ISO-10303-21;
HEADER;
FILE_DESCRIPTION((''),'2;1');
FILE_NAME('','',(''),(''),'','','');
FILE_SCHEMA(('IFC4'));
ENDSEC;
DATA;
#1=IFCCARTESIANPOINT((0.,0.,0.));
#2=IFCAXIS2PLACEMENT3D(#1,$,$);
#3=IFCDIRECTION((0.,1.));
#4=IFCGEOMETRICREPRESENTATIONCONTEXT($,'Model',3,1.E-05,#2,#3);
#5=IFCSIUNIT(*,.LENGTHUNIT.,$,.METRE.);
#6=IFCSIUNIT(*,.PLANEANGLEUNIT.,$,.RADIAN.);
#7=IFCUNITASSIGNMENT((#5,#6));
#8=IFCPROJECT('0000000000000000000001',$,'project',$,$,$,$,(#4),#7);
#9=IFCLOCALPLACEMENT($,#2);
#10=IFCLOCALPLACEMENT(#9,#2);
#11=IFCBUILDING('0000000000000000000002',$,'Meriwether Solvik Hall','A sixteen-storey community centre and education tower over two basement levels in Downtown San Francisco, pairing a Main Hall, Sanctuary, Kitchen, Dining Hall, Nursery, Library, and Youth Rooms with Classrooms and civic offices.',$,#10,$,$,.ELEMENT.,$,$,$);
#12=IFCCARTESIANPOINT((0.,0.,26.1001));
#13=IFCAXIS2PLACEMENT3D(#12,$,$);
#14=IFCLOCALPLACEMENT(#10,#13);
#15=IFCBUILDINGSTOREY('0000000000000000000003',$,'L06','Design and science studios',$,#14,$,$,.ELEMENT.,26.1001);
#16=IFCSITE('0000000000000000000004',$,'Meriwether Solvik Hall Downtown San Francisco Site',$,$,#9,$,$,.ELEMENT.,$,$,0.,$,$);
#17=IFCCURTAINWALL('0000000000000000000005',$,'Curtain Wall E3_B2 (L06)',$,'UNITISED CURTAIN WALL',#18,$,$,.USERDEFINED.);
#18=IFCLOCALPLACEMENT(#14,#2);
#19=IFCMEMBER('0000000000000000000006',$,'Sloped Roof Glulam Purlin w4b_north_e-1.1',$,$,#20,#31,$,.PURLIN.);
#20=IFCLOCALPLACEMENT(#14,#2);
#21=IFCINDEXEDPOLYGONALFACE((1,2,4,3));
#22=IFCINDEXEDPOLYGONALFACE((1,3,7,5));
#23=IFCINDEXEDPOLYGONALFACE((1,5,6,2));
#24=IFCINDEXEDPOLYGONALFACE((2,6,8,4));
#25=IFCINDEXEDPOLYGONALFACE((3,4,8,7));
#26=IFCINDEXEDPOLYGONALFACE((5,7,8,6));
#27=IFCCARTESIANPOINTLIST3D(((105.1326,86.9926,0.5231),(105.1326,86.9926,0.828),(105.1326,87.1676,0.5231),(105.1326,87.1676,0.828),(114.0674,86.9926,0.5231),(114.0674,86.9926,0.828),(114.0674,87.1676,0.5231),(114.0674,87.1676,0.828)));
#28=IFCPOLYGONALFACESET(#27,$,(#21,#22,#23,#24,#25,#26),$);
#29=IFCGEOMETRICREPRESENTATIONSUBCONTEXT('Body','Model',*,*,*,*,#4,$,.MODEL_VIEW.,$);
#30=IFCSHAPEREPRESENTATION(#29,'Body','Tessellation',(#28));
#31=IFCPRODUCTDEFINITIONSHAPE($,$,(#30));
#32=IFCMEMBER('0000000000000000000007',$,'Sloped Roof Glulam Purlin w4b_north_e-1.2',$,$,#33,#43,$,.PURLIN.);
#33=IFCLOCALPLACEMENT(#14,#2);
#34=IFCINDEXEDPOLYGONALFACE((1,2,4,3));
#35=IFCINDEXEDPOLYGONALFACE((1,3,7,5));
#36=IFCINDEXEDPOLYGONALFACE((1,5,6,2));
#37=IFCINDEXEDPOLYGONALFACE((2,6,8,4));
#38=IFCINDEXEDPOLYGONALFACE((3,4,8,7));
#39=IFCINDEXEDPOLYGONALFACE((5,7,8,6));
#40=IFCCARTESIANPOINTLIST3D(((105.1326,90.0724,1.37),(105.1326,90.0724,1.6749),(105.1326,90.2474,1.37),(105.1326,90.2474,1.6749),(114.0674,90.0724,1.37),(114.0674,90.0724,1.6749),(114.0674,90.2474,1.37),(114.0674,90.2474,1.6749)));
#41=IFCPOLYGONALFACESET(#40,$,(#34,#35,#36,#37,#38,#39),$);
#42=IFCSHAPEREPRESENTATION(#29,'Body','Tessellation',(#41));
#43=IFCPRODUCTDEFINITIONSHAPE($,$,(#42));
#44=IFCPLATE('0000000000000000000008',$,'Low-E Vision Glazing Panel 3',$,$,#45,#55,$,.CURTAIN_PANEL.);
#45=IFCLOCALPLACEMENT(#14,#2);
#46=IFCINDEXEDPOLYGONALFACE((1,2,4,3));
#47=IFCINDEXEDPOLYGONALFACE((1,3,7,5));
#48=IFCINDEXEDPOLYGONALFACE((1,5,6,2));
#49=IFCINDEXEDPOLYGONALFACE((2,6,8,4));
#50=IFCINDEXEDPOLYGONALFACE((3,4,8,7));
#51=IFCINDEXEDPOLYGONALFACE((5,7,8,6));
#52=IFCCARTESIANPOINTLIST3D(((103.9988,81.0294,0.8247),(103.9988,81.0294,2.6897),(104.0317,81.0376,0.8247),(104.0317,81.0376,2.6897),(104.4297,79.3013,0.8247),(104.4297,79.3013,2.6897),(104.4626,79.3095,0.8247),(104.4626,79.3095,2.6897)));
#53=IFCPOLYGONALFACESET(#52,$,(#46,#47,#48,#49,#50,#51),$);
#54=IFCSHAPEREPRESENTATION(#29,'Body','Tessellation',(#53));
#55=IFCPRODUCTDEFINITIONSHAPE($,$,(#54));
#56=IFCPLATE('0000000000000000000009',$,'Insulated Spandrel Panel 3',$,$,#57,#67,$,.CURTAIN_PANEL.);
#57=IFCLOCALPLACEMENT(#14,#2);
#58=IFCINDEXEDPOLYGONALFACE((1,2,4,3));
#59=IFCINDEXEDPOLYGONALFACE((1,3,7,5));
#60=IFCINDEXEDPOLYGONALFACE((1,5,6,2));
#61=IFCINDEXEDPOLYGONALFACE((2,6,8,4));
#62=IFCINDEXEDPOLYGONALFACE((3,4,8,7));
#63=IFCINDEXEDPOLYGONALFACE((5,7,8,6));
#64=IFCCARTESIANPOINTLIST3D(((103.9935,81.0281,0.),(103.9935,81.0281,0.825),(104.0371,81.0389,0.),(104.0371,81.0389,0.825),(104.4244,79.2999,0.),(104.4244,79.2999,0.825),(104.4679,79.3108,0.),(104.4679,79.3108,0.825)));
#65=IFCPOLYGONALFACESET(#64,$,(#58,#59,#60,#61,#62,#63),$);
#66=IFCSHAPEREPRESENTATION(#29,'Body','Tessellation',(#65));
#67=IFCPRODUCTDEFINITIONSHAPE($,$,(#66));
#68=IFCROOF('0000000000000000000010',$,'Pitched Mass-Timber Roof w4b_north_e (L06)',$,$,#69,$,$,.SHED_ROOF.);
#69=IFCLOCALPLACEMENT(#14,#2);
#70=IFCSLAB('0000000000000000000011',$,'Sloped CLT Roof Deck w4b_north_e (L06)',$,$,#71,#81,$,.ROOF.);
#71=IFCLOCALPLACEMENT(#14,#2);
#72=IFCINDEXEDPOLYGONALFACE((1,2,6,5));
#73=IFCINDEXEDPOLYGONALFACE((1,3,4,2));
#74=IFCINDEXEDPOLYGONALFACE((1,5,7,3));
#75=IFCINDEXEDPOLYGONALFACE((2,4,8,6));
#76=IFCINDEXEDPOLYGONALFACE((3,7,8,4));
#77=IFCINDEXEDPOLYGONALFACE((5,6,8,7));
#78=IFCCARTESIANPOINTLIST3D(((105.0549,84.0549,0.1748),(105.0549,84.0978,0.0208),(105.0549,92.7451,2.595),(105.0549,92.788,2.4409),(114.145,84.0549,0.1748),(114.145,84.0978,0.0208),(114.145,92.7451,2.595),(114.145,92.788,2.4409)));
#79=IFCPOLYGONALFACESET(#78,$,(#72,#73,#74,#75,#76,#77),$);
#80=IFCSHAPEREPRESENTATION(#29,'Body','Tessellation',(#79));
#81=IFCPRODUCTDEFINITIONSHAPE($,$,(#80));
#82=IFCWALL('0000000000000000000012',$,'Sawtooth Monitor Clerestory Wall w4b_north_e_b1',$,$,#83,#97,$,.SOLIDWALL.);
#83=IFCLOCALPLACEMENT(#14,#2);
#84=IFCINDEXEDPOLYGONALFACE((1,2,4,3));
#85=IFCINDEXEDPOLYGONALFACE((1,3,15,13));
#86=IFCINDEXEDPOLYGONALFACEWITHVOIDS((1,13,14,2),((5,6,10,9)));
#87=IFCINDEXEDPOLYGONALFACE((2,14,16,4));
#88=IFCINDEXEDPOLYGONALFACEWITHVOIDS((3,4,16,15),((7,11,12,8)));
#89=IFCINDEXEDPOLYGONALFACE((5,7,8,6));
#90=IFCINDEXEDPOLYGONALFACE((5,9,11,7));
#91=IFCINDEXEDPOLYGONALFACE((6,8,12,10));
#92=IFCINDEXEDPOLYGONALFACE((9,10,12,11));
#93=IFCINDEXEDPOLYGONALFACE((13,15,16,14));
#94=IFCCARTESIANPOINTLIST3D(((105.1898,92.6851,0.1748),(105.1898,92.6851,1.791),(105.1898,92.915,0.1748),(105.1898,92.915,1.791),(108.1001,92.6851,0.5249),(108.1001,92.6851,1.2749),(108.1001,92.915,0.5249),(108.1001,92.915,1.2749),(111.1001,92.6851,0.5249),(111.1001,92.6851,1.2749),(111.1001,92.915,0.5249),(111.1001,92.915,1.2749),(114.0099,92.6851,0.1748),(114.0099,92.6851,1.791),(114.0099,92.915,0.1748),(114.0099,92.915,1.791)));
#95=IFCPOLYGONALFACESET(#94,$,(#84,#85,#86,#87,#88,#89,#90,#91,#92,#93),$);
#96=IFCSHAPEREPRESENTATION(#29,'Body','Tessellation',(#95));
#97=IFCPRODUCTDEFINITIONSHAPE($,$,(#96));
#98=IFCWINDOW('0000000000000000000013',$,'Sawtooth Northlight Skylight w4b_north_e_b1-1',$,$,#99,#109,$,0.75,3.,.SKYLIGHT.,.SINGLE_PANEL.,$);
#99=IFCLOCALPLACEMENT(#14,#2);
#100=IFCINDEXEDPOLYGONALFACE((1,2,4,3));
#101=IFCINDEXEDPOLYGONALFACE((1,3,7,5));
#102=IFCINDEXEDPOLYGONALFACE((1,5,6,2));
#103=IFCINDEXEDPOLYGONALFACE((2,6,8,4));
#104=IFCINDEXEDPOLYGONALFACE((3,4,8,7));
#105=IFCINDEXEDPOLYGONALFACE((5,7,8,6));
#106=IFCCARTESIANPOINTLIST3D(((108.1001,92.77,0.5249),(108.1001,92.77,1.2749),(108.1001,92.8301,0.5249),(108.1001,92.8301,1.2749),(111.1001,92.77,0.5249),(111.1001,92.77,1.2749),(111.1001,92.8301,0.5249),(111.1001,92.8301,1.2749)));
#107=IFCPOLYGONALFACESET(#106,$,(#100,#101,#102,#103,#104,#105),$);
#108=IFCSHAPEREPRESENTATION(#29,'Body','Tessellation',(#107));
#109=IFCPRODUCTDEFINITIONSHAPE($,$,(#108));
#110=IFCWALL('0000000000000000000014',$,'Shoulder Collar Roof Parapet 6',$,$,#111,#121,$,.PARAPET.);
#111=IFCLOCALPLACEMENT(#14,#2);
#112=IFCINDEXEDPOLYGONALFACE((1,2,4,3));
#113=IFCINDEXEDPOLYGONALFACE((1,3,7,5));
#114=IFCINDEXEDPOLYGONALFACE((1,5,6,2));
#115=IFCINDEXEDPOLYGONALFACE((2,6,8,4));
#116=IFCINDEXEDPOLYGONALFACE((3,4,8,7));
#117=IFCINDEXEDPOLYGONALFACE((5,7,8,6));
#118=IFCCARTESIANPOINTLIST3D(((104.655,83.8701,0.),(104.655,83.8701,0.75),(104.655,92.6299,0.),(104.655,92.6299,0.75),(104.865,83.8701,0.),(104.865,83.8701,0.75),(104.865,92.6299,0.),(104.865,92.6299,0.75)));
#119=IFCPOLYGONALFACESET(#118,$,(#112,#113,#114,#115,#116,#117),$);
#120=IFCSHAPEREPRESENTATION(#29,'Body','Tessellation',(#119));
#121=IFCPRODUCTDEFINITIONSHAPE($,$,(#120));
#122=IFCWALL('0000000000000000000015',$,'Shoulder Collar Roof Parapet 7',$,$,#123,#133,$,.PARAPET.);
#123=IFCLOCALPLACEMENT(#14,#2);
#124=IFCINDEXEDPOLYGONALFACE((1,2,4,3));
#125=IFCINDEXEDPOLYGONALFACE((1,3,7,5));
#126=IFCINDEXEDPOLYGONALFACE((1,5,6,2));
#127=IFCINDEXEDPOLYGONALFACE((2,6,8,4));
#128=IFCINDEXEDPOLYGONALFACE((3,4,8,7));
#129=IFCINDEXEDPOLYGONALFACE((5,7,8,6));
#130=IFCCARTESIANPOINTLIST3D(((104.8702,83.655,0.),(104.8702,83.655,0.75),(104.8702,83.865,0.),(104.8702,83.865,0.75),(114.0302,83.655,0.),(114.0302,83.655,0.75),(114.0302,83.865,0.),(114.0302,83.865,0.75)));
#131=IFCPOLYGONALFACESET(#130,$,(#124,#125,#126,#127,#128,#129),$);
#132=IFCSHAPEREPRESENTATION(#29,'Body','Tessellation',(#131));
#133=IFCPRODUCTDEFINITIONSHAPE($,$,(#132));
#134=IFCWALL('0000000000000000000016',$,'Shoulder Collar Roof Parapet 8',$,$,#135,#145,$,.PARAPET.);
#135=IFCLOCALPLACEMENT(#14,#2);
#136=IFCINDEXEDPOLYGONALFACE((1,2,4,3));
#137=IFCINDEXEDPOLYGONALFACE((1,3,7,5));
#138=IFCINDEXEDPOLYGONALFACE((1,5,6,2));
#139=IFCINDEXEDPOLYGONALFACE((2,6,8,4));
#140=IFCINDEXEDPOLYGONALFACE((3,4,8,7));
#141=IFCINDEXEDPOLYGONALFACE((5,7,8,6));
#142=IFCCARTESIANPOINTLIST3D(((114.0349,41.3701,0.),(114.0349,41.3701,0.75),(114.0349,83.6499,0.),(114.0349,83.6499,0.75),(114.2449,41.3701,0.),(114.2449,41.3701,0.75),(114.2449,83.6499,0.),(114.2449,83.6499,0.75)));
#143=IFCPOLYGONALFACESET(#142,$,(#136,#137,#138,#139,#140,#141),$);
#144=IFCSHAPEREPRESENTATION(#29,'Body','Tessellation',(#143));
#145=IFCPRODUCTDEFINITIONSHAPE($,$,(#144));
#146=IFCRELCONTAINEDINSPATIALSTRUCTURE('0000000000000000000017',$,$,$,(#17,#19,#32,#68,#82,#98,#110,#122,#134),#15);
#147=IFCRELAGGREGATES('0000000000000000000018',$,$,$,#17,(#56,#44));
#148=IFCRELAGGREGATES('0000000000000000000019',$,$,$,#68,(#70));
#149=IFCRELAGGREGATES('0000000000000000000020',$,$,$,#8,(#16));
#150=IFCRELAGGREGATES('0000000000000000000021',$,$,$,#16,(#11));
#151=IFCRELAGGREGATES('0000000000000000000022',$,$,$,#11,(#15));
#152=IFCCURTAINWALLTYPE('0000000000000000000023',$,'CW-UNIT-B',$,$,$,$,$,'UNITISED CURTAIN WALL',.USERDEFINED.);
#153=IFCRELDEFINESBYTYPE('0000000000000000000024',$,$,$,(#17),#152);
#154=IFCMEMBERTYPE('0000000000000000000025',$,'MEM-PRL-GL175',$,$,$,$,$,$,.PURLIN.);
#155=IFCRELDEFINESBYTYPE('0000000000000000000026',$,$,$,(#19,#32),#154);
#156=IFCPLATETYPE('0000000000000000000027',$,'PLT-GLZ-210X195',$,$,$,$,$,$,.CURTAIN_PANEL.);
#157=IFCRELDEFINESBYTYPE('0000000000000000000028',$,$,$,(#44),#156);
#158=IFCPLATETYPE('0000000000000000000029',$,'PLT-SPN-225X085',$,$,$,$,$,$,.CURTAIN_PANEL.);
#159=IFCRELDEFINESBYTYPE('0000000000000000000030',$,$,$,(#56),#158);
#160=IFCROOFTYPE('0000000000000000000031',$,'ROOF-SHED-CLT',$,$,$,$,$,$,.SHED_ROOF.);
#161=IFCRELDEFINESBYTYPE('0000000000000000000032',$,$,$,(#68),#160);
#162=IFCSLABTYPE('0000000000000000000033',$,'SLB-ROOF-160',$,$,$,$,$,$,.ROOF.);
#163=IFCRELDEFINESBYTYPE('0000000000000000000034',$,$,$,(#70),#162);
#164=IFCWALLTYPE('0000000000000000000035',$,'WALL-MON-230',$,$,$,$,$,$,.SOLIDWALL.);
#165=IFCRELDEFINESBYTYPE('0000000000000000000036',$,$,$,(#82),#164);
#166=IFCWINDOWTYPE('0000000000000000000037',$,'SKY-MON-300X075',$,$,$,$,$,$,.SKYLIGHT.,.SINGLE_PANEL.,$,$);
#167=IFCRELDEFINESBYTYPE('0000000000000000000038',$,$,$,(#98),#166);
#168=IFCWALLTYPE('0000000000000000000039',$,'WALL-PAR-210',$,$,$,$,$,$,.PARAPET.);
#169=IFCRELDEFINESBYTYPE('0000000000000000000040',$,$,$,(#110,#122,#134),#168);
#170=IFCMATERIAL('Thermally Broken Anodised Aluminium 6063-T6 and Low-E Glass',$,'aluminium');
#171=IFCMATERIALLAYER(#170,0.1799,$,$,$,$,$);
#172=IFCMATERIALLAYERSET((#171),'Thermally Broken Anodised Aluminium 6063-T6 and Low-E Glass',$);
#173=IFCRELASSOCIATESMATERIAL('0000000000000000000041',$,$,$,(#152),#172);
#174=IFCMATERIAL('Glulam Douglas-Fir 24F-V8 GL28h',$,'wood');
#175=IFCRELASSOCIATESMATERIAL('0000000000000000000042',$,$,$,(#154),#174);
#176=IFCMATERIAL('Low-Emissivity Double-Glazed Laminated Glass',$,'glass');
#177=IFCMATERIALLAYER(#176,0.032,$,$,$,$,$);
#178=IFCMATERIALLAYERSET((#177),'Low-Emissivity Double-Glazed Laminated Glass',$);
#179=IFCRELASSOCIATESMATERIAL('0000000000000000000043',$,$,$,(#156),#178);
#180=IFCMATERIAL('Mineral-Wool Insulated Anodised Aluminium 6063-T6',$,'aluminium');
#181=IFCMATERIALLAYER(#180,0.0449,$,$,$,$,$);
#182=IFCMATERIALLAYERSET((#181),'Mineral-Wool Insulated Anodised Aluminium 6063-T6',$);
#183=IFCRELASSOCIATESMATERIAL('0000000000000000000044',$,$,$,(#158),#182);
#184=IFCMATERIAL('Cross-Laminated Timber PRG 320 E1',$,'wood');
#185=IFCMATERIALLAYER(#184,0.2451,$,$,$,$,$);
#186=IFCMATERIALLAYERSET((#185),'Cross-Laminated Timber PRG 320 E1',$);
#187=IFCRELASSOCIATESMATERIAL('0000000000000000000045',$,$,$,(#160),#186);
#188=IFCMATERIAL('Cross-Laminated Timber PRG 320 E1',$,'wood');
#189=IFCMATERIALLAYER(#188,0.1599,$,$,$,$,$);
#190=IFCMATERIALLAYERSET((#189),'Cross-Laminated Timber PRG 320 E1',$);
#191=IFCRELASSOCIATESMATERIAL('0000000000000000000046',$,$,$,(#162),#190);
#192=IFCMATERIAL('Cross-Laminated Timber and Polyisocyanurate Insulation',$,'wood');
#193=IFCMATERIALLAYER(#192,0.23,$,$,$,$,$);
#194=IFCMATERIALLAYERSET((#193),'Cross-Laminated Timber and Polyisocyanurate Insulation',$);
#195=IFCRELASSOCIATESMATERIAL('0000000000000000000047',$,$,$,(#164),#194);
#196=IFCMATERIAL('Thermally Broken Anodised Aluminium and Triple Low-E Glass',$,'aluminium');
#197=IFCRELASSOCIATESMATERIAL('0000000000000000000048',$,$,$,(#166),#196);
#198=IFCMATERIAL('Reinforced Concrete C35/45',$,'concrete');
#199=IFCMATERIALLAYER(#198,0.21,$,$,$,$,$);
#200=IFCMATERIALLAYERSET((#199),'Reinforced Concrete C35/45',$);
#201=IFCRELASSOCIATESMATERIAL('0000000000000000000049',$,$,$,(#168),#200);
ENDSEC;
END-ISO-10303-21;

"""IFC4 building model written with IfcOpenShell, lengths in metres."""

from ifc_helpers import new_model, si_unit, direction, frame, frame_2d, origin, origin_2d, place, context, subcontext, project, spatial, polyline, rectangle, outline, extrude, material, layer, layer_set, material_profile, profile_set, type_object, element, fill, aggregate, save


model = new_model("IFC4")

# Units and contexts
model_context = context("Model", 3, precision=1e-05, world=origin(), true_north=direction((0.0, 1.0)))
body_context = subcontext(model_context, "Body", "Model", "MODEL_VIEW")
ifc_project = project(units=[si_unit("LENGTHUNIT", "METRE"), si_unit("PLANEANGLEUNIT", "RADIAN")], contexts=[model_context])

# Site, building, storey
site_placement = place(None, origin())
site = spatial("IfcSite", under=ifc_project, at=site_placement, Name="Meriwether Solvik Hall Downtown San Francisco Site", CompositionType="ELEMENT", RefElevation=0.0)
building_placement = place(site_placement, origin())
building = spatial("IfcBuilding", under=site, at=building_placement, Name="Meriwether Solvik Hall", Description="A sixteen-storey community centre and education tower over two basement levels in Downtown San Francisco, pairing a Main Hall, Sanctuary, Kitchen, Dining Hall, Nursery, Library, and Youth Rooms with Classrooms and civic offices.", CompositionType="ELEMENT")
storey_placement = place(building_placement, frame((0.0, 0.0, 26.1001)))
storey = spatial("IfcBuildingStorey", under=building, at=storey_placement, Name="L06", Description="Design and science studios", CompositionType="ELEMENT", Elevation=26.1001)

# Curtain wall
ifc_material_1 = material(Name="Thermally Broken Anodised Aluminium 6063-T6 and Low-E Glass", Category="aluminium")
ifc_layer_1 = layer(ifc_material_1, 0.1799)
ifc_layer_set_1 = layer_set([ifc_layer_1], Name="Thermally Broken Anodised Aluminium 6063-T6 and Low-E Glass")
curtain_wall_type = type_object("IfcCurtainWallType", Name="CW-UNIT-B", ElementType="UNITISED CURTAIN WALL", PredefinedType="USERDEFINED", material=ifc_layer_set_1)
curtain_wall_placement = place(storey_placement, origin())
curtain_wall = element("IfcCurtainWall", 1, at=curtain_wall_placement, inside=storey, type_object=curtain_wall_type, Name="Curtain Wall E3_B2 (L06)", ObjectType="UNITISED CURTAIN WALL", PredefinedType="USERDEFINED")

# Members
ifc_material_2 = material(Name="Glulam Douglas-Fir 24F-V8 GL28h", Category="wood")
ifc_material_profile_1 = material_profile(ifc_material_2, rectangle(XDim=0.175, YDim=0.3049, at=origin_2d()), Name="GLM-175X305")
ifc_profile_set_1 = profile_set([ifc_material_profile_1], Name="Glulam Douglas-Fir 24F-V8 GL28h")
member_type_1 = type_object("IfcMemberType", Name="MEM-PRL-GL175", PredefinedType="PURLIN", material=ifc_profile_set_1)
for number, where, z_axis, x_axis, name in (
    (2, (105.1326, 87.0801, 0.6755), (1.0, 0.0, 0.0), (0.0, 1.0, 0.0), "Sloped Roof Glulam Purlin w4b_north_e-1.1"),
    (3, (105.1326, 90.1599, 1.5225), (1.0, 0.0, 0.0), (0.0, 1.0, 0.0), "Sloped Roof Glulam Purlin w4b_north_e-1.2"),
):
    element("IfcMember", number, at=place(storey_placement, frame(where, z_axis=z_axis, x_axis=x_axis)), inside=storey, type_object=member_type_1, Name=name, PredefinedType="PURLIN", context=body_context, shape_type="SweptSolid", body=[
        extrude(rectangle(XDim=0.175, YDim=0.3049, at=origin_2d()), origin(), (0.0, 0.0, 1.0), 8.9348),
    ])

# Plates
ifc_material_3 = material(Name="Low-Emissivity Double-Glazed Laminated Glass", Category="glass")
ifc_layer_2 = layer(ifc_material_3, 0.032)
ifc_layer_set_2 = layer_set([ifc_layer_2], Name="Low-Emissivity Double-Glazed Laminated Glass")
plate_type_1 = type_object("IfcPlateType", Name="PLT-GLZ-210X195", PredefinedType="CURTAIN_PANEL", material=ifc_layer_set_2)
plate_1_placement = place(storey_placement, frame((104.2307, 80.1694, 0.8247), z_axis=(0.0, 0.0, 1.0), x_axis=(0.241922, -0.970296, 0.0)))
plate_1 = element("IfcPlate", 4, at=plate_1_placement, type_object=plate_type_1, Name="Low-E Vision Glazing Panel 3", PredefinedType="CURTAIN_PANEL", context=body_context, shape_type="SweptSolid", body=[
    extrude(rectangle(XDim=1.781, YDim=0.0339, at=origin_2d()), origin(), (0.0, 0.0, 1.0), 1.865),
])
ifc_material_4 = material(Name="Mineral-Wool Insulated Anodised Aluminium 6063-T6", Category="aluminium")
ifc_layer_3 = layer(ifc_material_4, 0.0449)
ifc_layer_set_3 = layer_set([ifc_layer_3], Name="Mineral-Wool Insulated Anodised Aluminium 6063-T6")
plate_type_2 = type_object("IfcPlateType", Name="PLT-SPN-225X085", PredefinedType="CURTAIN_PANEL", material=ifc_layer_set_3)
plate_2_placement = place(storey_placement, frame((104.2307, 80.1694, 0.0), z_axis=(0.0, 0.0, 1.0), x_axis=(0.241922, -0.970296, 0.0)))
plate_2 = element("IfcPlate", 5, at=plate_2_placement, type_object=plate_type_2, Name="Insulated Spandrel Panel 3", PredefinedType="CURTAIN_PANEL", context=body_context, shape_type="SweptSolid", body=[
    extrude(rectangle(XDim=1.781, YDim=0.0449, at=origin_2d()), origin(), (0.0, 0.0, 1.0), 0.825),
])
aggregate(curtain_wall, [plate_2, plate_1])

# Roof, slab
ifc_material_5 = material(Name="Cross-Laminated Timber PRG 320 E1", Category="wood")
ifc_layer_4 = layer(ifc_material_5, 0.2451)
ifc_layer_set_4 = layer_set([ifc_layer_4], Name="Cross-Laminated Timber PRG 320 E1")
roof_type = type_object("IfcRoofType", Name="ROOF-SHED-CLT", PredefinedType="SHED_ROOF", material=ifc_layer_set_4)
roof_placement = place(storey_placement, origin())
roof = element("IfcRoof", 6, at=roof_placement, inside=storey, type_object=roof_type, Name="Pitched Mass-Timber Roof w4b_north_e (L06)", PredefinedType="SHED_ROOF")
ifc_material_6 = material(Name="Cross-Laminated Timber PRG 320 E1", Category="wood")
ifc_layer_5 = layer(ifc_material_6, 0.1599)
ifc_layer_set_5 = layer_set([ifc_layer_5], Name="Cross-Laminated Timber PRG 320 E1")
slab_type = type_object("IfcSlabType", Name="SLB-ROOF-160", PredefinedType="ROOF", material=ifc_layer_set_5)
slab_placement = place(storey_placement, frame((105.0549, 84.0549, 0.1748), z_axis=(0.0, -0.268284, 0.96334), x_axis=(1.0, 0.0, 0.0)))
slab = element("IfcSlab", 7, at=slab_placement, type_object=slab_type, Name="Sloped CLT Roof Deck w4b_north_e (L06)", PredefinedType="ROOF", context=body_context, shape_type="SweptSolid", body=[
    extrude(outline(polyline([(0.0, 0.0), (9.0901, 0.0), (9.0901, 9.0209), (0.0, 9.0209), (0.0, 0.0)])), origin(), (0.0, 0.0, -1.0), 0.1599),
])
aggregate(roof, [slab])

# Wall, opening, window
ifc_material_7 = material(Name="Cross-Laminated Timber and Polyisocyanurate Insulation", Category="wood")
ifc_layer_6 = layer(ifc_material_7, 0.23)
ifc_layer_set_6 = layer_set([ifc_layer_6], Name="Cross-Laminated Timber and Polyisocyanurate Insulation")
wall_type_1 = type_object("IfcWallType", Name="WALL-MON-230", PredefinedType="SOLIDWALL", material=ifc_layer_set_6)
wall_1_placement = place(storey_placement, frame((114.01, 92.8, 0.1748), z_axis=(0.0, 0.0, 1.0), x_axis=(-1.0, 0.0, 0.0)))
wall_1 = element("IfcWall", 8, at=wall_1_placement, inside=storey, type_object=wall_type_1, Name="Sawtooth Monitor Clerestory Wall w4b_north_e_b1", PredefinedType="SOLIDWALL", context=body_context, shape_type="SweptSolid", body=[
    extrude(rectangle(XDim=8.8201, YDim=0.23, at=frame_2d((4.4102, 0.0))), origin(), (0.0, 0.0, 1.0), 1.6162),
])
opening_placement = place(wall_1_placement, frame((2.9099, 0.0, 0.3501)))
opening = element("IfcOpeningElement", 9, at=opening_placement, cuts=wall_1, PredefinedType="OPENING", context=body_context, shape_type="SweptSolid", body=[
    extrude(rectangle(XDim=3.0, YDim=0.75, at=frame_2d((1.5, 0.375))), frame((0.0, 0.127, 0.0), z_axis=(0.0, -1.0, 0.0), x_axis=(1.0, 0.0, 0.0)), (0.0, 0.0, 1.0), 0.2539),
])
ifc_material_8 = material(Name="Thermally Broken Anodised Aluminium and Triple Low-E Glass", Category="aluminium")
window_type = type_object("IfcWindowType", Name="SKY-MON-300X075", PartitioningType="SINGLE_PANEL", PredefinedType="SKYLIGHT", material=ifc_material_8)
window_placement = place(opening_placement, origin())
window = element("IfcWindow", 10, at=window_placement, inside=storey, type_object=window_type, Name="Sawtooth Northlight Skylight w4b_north_e_b1-1", OverallHeight=0.75, OverallWidth=3.0, PartitioningType="SINGLE_PANEL", PredefinedType="SKYLIGHT", context=body_context, shape_type="SweptSolid", body=[
    extrude(rectangle(XDim=3.0, YDim=0.75, at=frame_2d((1.5, 0.375))), frame((0.0, 0.03, 0.0), z_axis=(0.0, -1.0, 0.0), x_axis=(1.0, 0.0, 0.0)), (0.0, 0.0, 1.0), 0.0601),
])
fill(opening, window)

# Walls
ifc_material_9 = material(Name="Reinforced Concrete C35/45", Category="concrete")
ifc_layer_7 = layer(ifc_material_9, 0.21)
ifc_layer_set_7 = layer_set([ifc_layer_7], Name="Reinforced Concrete C35/45")
wall_type_2 = type_object("IfcWallType", Name="WALL-PAR-210", PredefinedType="PARAPET", material=ifc_layer_set_7)
wall_2_placement = place(storey_placement, frame((104.76, 92.6299, 0.0), z_axis=(0.0, 0.0, 1.0), x_axis=(0.0, -1.0, 0.0)))
element("IfcWall", 11, at=wall_2_placement, inside=storey, type_object=wall_type_2, Name="Shoulder Collar Roof Parapet 6", PredefinedType="PARAPET", context=body_context, shape_type="SweptSolid", body=[
    extrude(rectangle(XDim=8.7598, YDim=0.21, at=frame_2d((4.3799, 0.0))), origin(), (0.0, 0.0, 1.0), 0.75),
])
wall_3_placement = place(storey_placement, frame((104.8701, 83.76, 0.0), z_axis=(0.0, 0.0, 1.0), x_axis=(1.0, 0.0, 0.0)))
element("IfcWall", 12, at=wall_3_placement, inside=storey, type_object=wall_type_2, Name="Shoulder Collar Roof Parapet 7", PredefinedType="PARAPET", context=body_context, shape_type="SweptSolid", body=[
    extrude(rectangle(XDim=9.1599, YDim=0.21, at=frame_2d((4.5801, 0.0))), origin(), (0.0, 0.0, 1.0), 0.75),
])
wall_4_placement = place(storey_placement, frame((114.1399, 83.6499, 0.0), z_axis=(0.0, 0.0, 1.0), x_axis=(0.0, -1.0, 0.0)))
element("IfcWall", 13, at=wall_4_placement, inside=storey, type_object=wall_type_2, Name="Shoulder Collar Roof Parapet 8", PredefinedType="PARAPET", context=body_context, shape_type="SweptSolid", body=[
    extrude(rectangle(XDim=42.2798, YDim=0.21, at=frame_2d((21.1399, 0.0))), origin(), (0.0, 0.0, 1.0), 0.75),
])

save(model, "model.ifc")
